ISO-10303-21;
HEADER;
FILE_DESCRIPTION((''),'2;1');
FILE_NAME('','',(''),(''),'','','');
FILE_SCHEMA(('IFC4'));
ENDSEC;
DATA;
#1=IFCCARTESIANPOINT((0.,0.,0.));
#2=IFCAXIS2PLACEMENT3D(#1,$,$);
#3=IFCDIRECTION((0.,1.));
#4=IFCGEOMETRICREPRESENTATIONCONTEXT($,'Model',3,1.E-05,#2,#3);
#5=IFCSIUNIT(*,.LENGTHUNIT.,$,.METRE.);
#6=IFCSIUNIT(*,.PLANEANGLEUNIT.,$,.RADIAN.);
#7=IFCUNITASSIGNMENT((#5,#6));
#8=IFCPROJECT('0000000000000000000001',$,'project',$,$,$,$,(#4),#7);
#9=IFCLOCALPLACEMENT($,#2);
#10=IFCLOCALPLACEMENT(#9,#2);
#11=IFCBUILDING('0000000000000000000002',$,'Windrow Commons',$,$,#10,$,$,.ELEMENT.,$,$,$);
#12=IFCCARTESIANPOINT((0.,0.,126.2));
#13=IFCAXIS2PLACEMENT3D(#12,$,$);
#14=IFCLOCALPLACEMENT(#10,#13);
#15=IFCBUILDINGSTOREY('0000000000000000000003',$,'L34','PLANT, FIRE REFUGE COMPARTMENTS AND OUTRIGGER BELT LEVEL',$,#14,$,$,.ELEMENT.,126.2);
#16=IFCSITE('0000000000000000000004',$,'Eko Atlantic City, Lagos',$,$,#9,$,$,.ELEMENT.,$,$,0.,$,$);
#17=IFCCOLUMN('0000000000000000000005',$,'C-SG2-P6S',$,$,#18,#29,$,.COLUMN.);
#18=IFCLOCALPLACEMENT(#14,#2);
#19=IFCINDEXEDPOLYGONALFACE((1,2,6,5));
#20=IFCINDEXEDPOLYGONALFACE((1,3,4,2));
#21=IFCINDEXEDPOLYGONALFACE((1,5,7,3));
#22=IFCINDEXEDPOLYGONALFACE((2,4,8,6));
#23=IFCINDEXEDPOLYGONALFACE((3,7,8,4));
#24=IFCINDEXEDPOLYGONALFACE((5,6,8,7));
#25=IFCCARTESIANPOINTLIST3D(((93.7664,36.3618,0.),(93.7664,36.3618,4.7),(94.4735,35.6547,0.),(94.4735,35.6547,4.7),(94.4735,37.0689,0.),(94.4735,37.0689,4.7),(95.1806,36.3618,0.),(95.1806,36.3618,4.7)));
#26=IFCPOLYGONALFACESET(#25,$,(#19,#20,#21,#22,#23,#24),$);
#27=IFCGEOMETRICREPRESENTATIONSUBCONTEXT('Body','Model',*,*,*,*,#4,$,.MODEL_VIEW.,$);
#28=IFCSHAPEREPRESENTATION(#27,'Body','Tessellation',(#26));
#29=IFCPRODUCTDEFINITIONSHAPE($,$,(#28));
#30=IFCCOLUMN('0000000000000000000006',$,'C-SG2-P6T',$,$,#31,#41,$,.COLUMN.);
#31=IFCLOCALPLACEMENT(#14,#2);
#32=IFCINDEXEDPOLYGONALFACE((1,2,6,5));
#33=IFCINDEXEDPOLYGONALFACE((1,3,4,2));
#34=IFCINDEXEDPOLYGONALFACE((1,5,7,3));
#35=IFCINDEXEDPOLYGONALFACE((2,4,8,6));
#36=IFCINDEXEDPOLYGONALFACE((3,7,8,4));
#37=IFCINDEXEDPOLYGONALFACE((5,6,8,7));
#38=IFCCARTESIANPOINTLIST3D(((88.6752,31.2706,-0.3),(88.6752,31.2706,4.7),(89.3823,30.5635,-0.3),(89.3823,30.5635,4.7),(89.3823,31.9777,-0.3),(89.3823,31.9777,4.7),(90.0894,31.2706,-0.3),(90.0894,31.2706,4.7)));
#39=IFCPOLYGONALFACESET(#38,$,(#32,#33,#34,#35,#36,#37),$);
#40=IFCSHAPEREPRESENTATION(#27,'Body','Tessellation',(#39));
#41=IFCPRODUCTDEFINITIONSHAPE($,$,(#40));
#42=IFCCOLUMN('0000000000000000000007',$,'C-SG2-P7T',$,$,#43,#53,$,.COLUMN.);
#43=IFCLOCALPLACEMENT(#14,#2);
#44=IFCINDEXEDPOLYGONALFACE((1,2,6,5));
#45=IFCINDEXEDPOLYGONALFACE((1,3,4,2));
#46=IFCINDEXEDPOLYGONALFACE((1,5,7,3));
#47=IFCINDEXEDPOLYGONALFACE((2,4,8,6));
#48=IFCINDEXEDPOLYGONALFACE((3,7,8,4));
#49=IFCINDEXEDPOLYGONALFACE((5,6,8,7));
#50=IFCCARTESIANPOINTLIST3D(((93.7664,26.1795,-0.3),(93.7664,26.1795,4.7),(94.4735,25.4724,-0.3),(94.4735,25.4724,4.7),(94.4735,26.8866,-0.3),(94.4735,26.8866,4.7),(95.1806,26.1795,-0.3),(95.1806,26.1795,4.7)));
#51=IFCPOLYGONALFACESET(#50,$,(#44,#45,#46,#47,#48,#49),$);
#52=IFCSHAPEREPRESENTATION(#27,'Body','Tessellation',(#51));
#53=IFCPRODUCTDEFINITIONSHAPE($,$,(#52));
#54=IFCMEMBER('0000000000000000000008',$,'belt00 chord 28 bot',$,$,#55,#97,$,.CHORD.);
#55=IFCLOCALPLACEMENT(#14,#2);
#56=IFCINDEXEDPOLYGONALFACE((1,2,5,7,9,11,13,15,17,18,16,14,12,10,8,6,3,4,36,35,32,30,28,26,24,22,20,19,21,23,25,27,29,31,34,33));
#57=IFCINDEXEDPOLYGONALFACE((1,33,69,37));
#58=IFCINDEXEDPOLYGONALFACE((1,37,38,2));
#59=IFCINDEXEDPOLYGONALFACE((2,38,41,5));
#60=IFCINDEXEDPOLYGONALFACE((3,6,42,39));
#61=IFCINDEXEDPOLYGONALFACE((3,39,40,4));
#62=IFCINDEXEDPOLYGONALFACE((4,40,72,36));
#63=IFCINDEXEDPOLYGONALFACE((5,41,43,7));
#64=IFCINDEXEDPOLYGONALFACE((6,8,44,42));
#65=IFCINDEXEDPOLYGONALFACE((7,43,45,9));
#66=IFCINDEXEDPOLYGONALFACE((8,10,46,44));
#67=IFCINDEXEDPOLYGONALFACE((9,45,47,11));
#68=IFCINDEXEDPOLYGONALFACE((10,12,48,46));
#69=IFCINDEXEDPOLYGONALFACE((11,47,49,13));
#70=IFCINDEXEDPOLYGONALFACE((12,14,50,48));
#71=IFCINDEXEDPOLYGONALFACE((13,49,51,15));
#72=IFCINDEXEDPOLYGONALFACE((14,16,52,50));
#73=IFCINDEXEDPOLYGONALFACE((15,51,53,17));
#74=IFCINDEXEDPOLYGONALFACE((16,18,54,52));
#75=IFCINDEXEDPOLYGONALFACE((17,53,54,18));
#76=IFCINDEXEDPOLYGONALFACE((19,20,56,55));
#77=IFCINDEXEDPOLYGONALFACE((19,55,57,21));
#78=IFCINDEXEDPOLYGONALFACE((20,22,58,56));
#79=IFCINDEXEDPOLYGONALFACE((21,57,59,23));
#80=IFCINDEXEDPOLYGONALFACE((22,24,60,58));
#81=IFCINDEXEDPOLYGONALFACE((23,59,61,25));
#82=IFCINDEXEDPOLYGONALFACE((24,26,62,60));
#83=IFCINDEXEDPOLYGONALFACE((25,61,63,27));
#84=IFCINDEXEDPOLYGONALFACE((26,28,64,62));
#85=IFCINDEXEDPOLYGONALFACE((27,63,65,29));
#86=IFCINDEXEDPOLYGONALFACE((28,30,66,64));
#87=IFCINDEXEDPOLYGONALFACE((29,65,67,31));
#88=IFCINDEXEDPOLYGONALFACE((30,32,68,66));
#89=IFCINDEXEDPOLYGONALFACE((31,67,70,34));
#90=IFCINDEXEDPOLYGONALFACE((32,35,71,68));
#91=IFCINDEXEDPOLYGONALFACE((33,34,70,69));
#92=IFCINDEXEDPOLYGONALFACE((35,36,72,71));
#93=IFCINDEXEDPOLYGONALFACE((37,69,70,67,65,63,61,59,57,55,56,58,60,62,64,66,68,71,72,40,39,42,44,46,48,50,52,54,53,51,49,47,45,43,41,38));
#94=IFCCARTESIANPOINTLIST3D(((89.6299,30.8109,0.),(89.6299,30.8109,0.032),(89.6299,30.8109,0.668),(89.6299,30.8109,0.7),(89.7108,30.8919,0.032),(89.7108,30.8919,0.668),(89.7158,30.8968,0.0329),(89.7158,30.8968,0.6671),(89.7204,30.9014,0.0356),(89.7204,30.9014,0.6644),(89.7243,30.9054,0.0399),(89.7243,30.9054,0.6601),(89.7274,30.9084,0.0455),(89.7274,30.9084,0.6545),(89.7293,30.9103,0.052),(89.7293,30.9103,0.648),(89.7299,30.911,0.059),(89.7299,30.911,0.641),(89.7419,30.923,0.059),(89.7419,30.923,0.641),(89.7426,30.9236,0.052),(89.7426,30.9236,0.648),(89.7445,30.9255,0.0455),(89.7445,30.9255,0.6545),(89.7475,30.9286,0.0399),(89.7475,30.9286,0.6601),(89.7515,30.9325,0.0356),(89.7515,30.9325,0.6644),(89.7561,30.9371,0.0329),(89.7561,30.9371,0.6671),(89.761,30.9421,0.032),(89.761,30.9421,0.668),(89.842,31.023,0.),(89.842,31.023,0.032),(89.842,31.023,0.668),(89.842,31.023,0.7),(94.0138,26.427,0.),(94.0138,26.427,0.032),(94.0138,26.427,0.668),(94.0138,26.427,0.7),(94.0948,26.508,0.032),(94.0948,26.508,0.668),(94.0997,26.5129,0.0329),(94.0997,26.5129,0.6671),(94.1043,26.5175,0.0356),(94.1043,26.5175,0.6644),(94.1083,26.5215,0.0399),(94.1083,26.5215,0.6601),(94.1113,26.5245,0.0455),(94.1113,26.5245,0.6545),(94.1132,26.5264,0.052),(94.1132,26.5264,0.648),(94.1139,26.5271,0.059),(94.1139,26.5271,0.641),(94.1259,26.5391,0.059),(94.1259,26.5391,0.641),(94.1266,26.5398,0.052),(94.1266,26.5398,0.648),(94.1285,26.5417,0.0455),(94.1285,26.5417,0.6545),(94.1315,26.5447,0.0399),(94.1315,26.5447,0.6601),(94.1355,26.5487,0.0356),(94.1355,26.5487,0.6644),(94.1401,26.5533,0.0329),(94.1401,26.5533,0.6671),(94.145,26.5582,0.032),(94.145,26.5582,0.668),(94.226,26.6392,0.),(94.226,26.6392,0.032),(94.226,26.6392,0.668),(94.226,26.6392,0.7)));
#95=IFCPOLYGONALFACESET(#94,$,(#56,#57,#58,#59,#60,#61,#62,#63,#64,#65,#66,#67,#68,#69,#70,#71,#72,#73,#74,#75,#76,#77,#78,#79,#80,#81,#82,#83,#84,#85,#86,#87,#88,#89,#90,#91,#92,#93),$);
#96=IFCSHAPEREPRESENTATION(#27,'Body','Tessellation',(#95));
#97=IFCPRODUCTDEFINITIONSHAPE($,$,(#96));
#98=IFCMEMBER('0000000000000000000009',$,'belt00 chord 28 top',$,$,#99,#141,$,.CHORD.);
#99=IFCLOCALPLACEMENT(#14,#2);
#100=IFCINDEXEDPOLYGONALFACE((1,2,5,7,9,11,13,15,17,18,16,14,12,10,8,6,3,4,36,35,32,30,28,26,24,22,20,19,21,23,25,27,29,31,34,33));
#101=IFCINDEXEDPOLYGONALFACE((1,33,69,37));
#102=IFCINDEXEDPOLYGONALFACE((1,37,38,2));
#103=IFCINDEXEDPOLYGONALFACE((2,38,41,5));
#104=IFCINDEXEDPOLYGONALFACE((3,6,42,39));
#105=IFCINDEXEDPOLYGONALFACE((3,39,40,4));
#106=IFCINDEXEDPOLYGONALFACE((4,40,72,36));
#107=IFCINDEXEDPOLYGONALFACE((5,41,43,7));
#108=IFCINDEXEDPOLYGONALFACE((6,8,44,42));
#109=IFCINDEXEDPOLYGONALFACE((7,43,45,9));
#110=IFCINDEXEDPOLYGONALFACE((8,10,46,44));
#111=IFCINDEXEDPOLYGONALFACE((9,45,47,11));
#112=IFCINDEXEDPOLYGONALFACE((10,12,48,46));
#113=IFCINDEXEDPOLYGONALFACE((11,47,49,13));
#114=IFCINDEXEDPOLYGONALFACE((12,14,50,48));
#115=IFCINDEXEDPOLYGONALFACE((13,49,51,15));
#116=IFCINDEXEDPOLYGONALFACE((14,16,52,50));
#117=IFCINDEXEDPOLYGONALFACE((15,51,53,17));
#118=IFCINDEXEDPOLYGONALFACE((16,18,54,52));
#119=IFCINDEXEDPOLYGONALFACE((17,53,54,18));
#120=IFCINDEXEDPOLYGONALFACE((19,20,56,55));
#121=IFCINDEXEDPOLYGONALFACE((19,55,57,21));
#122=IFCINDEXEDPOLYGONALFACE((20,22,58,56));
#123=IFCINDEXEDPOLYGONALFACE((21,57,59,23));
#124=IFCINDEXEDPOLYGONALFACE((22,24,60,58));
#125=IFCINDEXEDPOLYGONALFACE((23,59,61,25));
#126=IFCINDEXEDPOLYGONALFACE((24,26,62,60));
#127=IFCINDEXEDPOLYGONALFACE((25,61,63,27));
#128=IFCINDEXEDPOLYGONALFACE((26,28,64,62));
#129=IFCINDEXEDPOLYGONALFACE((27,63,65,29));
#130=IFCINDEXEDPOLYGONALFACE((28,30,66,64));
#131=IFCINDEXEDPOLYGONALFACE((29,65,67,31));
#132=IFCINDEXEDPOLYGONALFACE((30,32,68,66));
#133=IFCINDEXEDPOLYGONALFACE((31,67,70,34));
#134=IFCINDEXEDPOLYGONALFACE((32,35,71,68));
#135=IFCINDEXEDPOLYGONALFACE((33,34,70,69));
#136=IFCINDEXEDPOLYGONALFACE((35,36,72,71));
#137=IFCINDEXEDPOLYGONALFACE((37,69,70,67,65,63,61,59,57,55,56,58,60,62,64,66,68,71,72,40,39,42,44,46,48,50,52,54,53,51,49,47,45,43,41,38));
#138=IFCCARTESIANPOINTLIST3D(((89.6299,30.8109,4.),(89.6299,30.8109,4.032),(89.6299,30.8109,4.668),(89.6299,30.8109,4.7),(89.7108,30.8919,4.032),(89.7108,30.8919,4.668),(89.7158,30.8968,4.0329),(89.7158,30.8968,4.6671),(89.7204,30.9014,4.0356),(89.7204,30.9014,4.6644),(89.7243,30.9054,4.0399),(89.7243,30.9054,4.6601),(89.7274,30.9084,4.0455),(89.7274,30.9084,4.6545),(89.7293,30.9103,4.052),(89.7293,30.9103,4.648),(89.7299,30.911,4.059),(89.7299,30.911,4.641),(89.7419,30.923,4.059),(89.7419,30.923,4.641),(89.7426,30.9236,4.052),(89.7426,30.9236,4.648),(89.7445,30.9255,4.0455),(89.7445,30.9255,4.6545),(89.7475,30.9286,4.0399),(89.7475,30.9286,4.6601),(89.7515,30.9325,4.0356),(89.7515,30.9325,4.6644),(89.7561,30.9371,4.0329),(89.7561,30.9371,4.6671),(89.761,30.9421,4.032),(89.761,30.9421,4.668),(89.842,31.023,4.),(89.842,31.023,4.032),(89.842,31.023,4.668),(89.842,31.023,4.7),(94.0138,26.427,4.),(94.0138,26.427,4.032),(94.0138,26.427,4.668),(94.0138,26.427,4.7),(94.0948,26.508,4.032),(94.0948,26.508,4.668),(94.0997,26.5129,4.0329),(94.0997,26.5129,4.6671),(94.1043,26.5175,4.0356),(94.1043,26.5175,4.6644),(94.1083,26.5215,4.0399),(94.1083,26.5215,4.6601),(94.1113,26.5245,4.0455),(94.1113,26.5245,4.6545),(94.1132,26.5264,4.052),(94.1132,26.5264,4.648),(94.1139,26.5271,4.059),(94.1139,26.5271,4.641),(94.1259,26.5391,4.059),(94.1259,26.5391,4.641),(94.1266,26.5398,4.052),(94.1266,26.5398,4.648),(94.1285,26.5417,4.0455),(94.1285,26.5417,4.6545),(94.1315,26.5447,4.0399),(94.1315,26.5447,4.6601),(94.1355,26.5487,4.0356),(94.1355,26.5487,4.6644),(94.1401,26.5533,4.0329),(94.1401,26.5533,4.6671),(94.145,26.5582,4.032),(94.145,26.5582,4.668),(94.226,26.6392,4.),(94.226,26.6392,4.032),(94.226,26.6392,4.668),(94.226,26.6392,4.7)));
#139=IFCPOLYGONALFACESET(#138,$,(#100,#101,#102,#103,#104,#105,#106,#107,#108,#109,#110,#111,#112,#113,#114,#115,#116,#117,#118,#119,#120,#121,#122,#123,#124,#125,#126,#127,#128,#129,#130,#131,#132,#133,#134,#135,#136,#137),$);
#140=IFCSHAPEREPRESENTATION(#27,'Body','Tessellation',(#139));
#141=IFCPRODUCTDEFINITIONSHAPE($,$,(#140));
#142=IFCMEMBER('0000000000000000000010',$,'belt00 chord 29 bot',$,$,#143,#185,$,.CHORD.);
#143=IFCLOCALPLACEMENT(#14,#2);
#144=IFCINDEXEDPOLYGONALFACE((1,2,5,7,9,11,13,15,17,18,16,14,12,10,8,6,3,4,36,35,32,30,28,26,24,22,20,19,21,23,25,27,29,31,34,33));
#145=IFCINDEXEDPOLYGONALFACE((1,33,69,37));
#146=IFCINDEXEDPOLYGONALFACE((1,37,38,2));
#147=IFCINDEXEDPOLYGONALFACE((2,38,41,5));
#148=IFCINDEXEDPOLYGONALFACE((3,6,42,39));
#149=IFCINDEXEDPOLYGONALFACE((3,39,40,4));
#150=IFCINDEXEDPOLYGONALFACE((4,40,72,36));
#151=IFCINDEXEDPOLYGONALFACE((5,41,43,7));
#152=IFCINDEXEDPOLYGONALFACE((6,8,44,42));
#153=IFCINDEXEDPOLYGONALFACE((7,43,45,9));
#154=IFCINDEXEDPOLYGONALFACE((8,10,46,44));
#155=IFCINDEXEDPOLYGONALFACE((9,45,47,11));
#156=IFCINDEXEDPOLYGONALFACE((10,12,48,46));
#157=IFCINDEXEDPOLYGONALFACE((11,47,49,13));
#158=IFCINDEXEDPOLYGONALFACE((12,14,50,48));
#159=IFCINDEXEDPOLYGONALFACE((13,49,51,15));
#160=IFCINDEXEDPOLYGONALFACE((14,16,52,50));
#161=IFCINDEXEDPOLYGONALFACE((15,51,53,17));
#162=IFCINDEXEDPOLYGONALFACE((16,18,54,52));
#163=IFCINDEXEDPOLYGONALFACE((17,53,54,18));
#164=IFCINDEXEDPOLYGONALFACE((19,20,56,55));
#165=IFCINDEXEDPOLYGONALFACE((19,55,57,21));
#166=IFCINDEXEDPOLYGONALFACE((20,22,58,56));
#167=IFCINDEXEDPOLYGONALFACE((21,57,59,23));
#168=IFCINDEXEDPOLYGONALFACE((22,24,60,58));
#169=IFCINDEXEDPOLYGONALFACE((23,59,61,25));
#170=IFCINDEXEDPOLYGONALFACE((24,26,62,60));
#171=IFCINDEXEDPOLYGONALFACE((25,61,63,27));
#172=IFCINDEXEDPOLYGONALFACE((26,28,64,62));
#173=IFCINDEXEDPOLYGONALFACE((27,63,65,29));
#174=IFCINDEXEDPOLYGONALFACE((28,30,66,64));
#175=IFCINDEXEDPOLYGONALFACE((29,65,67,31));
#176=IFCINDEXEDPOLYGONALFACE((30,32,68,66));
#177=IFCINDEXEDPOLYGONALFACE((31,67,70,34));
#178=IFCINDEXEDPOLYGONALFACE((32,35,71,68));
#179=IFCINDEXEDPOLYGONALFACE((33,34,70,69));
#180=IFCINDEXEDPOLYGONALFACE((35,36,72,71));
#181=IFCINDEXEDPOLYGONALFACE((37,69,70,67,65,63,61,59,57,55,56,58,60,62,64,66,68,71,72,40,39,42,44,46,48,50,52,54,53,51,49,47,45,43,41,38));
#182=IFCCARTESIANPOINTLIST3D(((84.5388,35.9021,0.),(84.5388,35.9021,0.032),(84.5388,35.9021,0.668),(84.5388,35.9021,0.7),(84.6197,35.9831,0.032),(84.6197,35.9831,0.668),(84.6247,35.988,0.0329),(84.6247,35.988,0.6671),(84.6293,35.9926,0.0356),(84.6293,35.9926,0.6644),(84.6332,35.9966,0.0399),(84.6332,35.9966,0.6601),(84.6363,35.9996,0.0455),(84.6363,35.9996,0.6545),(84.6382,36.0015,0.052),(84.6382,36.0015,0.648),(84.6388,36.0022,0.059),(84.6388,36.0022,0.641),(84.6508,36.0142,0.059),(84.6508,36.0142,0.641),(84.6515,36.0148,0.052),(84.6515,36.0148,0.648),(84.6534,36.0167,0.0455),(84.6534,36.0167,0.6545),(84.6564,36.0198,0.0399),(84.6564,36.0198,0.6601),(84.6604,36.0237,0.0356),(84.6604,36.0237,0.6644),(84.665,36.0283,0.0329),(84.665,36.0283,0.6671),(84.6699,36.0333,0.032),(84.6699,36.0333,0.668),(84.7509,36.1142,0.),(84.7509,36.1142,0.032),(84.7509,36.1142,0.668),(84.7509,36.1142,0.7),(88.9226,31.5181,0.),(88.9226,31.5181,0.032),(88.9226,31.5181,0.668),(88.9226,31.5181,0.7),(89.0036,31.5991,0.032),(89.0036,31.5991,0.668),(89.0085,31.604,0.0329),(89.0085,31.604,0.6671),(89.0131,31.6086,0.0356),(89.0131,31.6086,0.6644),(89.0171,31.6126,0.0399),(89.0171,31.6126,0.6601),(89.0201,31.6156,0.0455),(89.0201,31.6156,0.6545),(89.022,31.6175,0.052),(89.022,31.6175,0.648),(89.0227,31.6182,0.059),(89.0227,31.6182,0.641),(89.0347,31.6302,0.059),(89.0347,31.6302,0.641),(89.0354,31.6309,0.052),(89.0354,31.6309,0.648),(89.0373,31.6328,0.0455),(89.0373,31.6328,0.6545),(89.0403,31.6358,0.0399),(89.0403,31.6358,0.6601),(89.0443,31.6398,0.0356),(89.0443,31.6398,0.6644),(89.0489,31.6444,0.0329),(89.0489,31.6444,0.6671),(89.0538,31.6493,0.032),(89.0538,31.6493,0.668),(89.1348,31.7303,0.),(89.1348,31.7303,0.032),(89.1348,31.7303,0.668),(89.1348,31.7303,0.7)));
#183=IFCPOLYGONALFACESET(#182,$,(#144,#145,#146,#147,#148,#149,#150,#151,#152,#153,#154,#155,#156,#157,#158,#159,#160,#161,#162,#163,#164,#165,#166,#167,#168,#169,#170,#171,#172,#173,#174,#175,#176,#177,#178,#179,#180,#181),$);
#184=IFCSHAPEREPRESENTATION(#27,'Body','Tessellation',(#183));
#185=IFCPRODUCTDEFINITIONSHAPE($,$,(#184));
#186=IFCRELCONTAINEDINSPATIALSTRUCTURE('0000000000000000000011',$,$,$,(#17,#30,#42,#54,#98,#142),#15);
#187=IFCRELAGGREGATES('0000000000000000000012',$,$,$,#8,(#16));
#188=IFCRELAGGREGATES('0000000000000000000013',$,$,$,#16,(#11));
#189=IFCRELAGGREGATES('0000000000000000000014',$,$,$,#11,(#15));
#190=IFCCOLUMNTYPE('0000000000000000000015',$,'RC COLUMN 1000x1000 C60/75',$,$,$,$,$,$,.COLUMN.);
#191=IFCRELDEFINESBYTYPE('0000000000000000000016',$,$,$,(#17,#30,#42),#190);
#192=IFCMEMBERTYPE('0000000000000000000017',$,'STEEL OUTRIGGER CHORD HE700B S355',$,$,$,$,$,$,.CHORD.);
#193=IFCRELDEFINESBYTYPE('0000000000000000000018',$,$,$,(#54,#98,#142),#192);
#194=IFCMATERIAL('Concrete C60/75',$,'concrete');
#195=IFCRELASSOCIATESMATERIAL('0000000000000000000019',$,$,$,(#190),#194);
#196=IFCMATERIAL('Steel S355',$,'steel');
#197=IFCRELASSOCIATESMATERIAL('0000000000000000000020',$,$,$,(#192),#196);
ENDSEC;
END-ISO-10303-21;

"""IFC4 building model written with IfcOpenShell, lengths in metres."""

from ifc_helpers import new_model, si_unit, direction, frame, origin, origin_2d, place, context, subcontext, project, spatial, rectangle, i_section, extrude, material, material_profile, profile_set, type_object, element, save


model = new_model("IFC4")

# Units and contexts
model_context = context("Model", 3, precision=1e-05, world=origin(), true_north=direction((0.0, 1.0)))
body_context = subcontext(model_context, "Body", "Model", "MODEL_VIEW")
ifc_project = project(units=[si_unit("LENGTHUNIT", "METRE"), si_unit("PLANEANGLEUNIT", "RADIAN")], contexts=[model_context])

# Site, building, storey
site_placement = place(None, origin())
site = spatial("IfcSite", under=ifc_project, at=site_placement, Name="Eko Atlantic City, Lagos", CompositionType="ELEMENT", RefElevation=0.0)
building_placement = place(site_placement, origin())
building = spatial("IfcBuilding", under=site, at=building_placement, Name="Windrow Commons", CompositionType="ELEMENT")
storey_placement = place(building_placement, frame((0.0, 0.0, 126.2)))
storey = spatial("IfcBuildingStorey", under=building, at=storey_placement, Name="L34", Description="PLANT, FIRE REFUGE COMPARTMENTS AND OUTRIGGER BELT LEVEL", CompositionType="ELEMENT", Elevation=126.2)

# Columns
ifc_material_1 = material(Name="Concrete C60/75", Category="concrete")
ifc_material_profile_1 = material_profile(ifc_material_1, rectangle(XDim=1.0, YDim=1.0, at=origin_2d()))
ifc_profile_set_1 = profile_set([ifc_material_profile_1], Name="Concrete C60/75")
column_type = type_object("IfcColumnType", Name="RC COLUMN 1000x1000 C60/75", PredefinedType="COLUMN", material=ifc_profile_set_1)
column_placement = place(storey_placement, frame((94.4735, 36.3618, 0.0), z_axis=(0.0, 0.0, 1.0), x_axis=(0.707107, -0.707107, 0.0)))
element("IfcColumn", 1, at=column_placement, inside=storey, type_object=column_type, Name="C-SG2-P6S", PredefinedType="COLUMN", context=body_context, shape_type="SweptSolid", body=[
    extrude(rectangle(XDim=1.0, YDim=1.0, at=origin_2d()), origin(), (0.0, 0.0, 1.0), 4.7),
])
for number, where, z_axis, x_axis, name in (
    (2, (89.3823, 31.2706, -0.3), (0.0, 0.0, 1.0), (0.707107, -0.707107, 0.0), "C-SG2-P6T"),
    (3, (94.4735, 26.1795, -0.3), (0.0, 0.0, 1.0), (0.707107, -0.707107, 0.0), "C-SG2-P7T"),
):
    element("IfcColumn", number, at=place(storey_placement, frame(where, z_axis=z_axis, x_axis=x_axis)), inside=storey, type_object=column_type, Name=name, PredefinedType="COLUMN", context=body_context, shape_type="SweptSolid", body=[
        extrude(rectangle(XDim=1.0, YDim=1.0, at=origin_2d()), origin(), (0.0, 0.0, 1.0), 5.0),
    ])

# Members
ifc_material_2 = material(Name="Steel S355", Category="steel")
ifc_material_profile_2 = material_profile(ifc_material_2, i_section(OverallWidth=0.3, OverallDepth=0.7, WebThickness=0.017, FlangeThickness=0.032, FilletRadius=0.027, at=origin_2d()))
ifc_profile_set_2 = profile_set([ifc_material_profile_2], Name="Steel S355")
member_type_1 = type_object("IfcMemberType", Name="STEEL OUTRIGGER CHORD HE700B S355", PredefinedType="CHORD", material=ifc_profile_set_2)
for number, where, z_axis, x_axis, name in (
    (4, (94.1199, 26.5331, 0.35), (-0.707115, 0.707099, 0.0), (-0.707099, -0.707115, 0.0), "belt00 chord 28 bot"),
    (5, (94.1199, 26.5331, 4.35), (-0.707115, 0.707099, 0.0), (-0.707099, -0.707115, 0.0), "belt00 chord 28 top"),
    (6, (89.0287, 31.6242, 0.35), (-0.707099, 0.707115, 0.0), (-0.707115, -0.707099, 0.0), "belt00 chord 29 bot"),
):
    element("IfcMember", number, at=place(storey_placement, frame(where, z_axis=z_axis, x_axis=x_axis)), inside=storey, type_object=member_type_1, Name=name, PredefinedType="CHORD", context=body_context, shape_type="SweptSolid", body=[
        extrude(i_section(OverallWidth=0.3, OverallDepth=0.7, WebThickness=0.017, FlangeThickness=0.032, FilletRadius=0.027, at=origin_2d()), origin(), (0.0, 0.0, 1.0), 6.1998),
    ])

save(model, "model.ifc")
